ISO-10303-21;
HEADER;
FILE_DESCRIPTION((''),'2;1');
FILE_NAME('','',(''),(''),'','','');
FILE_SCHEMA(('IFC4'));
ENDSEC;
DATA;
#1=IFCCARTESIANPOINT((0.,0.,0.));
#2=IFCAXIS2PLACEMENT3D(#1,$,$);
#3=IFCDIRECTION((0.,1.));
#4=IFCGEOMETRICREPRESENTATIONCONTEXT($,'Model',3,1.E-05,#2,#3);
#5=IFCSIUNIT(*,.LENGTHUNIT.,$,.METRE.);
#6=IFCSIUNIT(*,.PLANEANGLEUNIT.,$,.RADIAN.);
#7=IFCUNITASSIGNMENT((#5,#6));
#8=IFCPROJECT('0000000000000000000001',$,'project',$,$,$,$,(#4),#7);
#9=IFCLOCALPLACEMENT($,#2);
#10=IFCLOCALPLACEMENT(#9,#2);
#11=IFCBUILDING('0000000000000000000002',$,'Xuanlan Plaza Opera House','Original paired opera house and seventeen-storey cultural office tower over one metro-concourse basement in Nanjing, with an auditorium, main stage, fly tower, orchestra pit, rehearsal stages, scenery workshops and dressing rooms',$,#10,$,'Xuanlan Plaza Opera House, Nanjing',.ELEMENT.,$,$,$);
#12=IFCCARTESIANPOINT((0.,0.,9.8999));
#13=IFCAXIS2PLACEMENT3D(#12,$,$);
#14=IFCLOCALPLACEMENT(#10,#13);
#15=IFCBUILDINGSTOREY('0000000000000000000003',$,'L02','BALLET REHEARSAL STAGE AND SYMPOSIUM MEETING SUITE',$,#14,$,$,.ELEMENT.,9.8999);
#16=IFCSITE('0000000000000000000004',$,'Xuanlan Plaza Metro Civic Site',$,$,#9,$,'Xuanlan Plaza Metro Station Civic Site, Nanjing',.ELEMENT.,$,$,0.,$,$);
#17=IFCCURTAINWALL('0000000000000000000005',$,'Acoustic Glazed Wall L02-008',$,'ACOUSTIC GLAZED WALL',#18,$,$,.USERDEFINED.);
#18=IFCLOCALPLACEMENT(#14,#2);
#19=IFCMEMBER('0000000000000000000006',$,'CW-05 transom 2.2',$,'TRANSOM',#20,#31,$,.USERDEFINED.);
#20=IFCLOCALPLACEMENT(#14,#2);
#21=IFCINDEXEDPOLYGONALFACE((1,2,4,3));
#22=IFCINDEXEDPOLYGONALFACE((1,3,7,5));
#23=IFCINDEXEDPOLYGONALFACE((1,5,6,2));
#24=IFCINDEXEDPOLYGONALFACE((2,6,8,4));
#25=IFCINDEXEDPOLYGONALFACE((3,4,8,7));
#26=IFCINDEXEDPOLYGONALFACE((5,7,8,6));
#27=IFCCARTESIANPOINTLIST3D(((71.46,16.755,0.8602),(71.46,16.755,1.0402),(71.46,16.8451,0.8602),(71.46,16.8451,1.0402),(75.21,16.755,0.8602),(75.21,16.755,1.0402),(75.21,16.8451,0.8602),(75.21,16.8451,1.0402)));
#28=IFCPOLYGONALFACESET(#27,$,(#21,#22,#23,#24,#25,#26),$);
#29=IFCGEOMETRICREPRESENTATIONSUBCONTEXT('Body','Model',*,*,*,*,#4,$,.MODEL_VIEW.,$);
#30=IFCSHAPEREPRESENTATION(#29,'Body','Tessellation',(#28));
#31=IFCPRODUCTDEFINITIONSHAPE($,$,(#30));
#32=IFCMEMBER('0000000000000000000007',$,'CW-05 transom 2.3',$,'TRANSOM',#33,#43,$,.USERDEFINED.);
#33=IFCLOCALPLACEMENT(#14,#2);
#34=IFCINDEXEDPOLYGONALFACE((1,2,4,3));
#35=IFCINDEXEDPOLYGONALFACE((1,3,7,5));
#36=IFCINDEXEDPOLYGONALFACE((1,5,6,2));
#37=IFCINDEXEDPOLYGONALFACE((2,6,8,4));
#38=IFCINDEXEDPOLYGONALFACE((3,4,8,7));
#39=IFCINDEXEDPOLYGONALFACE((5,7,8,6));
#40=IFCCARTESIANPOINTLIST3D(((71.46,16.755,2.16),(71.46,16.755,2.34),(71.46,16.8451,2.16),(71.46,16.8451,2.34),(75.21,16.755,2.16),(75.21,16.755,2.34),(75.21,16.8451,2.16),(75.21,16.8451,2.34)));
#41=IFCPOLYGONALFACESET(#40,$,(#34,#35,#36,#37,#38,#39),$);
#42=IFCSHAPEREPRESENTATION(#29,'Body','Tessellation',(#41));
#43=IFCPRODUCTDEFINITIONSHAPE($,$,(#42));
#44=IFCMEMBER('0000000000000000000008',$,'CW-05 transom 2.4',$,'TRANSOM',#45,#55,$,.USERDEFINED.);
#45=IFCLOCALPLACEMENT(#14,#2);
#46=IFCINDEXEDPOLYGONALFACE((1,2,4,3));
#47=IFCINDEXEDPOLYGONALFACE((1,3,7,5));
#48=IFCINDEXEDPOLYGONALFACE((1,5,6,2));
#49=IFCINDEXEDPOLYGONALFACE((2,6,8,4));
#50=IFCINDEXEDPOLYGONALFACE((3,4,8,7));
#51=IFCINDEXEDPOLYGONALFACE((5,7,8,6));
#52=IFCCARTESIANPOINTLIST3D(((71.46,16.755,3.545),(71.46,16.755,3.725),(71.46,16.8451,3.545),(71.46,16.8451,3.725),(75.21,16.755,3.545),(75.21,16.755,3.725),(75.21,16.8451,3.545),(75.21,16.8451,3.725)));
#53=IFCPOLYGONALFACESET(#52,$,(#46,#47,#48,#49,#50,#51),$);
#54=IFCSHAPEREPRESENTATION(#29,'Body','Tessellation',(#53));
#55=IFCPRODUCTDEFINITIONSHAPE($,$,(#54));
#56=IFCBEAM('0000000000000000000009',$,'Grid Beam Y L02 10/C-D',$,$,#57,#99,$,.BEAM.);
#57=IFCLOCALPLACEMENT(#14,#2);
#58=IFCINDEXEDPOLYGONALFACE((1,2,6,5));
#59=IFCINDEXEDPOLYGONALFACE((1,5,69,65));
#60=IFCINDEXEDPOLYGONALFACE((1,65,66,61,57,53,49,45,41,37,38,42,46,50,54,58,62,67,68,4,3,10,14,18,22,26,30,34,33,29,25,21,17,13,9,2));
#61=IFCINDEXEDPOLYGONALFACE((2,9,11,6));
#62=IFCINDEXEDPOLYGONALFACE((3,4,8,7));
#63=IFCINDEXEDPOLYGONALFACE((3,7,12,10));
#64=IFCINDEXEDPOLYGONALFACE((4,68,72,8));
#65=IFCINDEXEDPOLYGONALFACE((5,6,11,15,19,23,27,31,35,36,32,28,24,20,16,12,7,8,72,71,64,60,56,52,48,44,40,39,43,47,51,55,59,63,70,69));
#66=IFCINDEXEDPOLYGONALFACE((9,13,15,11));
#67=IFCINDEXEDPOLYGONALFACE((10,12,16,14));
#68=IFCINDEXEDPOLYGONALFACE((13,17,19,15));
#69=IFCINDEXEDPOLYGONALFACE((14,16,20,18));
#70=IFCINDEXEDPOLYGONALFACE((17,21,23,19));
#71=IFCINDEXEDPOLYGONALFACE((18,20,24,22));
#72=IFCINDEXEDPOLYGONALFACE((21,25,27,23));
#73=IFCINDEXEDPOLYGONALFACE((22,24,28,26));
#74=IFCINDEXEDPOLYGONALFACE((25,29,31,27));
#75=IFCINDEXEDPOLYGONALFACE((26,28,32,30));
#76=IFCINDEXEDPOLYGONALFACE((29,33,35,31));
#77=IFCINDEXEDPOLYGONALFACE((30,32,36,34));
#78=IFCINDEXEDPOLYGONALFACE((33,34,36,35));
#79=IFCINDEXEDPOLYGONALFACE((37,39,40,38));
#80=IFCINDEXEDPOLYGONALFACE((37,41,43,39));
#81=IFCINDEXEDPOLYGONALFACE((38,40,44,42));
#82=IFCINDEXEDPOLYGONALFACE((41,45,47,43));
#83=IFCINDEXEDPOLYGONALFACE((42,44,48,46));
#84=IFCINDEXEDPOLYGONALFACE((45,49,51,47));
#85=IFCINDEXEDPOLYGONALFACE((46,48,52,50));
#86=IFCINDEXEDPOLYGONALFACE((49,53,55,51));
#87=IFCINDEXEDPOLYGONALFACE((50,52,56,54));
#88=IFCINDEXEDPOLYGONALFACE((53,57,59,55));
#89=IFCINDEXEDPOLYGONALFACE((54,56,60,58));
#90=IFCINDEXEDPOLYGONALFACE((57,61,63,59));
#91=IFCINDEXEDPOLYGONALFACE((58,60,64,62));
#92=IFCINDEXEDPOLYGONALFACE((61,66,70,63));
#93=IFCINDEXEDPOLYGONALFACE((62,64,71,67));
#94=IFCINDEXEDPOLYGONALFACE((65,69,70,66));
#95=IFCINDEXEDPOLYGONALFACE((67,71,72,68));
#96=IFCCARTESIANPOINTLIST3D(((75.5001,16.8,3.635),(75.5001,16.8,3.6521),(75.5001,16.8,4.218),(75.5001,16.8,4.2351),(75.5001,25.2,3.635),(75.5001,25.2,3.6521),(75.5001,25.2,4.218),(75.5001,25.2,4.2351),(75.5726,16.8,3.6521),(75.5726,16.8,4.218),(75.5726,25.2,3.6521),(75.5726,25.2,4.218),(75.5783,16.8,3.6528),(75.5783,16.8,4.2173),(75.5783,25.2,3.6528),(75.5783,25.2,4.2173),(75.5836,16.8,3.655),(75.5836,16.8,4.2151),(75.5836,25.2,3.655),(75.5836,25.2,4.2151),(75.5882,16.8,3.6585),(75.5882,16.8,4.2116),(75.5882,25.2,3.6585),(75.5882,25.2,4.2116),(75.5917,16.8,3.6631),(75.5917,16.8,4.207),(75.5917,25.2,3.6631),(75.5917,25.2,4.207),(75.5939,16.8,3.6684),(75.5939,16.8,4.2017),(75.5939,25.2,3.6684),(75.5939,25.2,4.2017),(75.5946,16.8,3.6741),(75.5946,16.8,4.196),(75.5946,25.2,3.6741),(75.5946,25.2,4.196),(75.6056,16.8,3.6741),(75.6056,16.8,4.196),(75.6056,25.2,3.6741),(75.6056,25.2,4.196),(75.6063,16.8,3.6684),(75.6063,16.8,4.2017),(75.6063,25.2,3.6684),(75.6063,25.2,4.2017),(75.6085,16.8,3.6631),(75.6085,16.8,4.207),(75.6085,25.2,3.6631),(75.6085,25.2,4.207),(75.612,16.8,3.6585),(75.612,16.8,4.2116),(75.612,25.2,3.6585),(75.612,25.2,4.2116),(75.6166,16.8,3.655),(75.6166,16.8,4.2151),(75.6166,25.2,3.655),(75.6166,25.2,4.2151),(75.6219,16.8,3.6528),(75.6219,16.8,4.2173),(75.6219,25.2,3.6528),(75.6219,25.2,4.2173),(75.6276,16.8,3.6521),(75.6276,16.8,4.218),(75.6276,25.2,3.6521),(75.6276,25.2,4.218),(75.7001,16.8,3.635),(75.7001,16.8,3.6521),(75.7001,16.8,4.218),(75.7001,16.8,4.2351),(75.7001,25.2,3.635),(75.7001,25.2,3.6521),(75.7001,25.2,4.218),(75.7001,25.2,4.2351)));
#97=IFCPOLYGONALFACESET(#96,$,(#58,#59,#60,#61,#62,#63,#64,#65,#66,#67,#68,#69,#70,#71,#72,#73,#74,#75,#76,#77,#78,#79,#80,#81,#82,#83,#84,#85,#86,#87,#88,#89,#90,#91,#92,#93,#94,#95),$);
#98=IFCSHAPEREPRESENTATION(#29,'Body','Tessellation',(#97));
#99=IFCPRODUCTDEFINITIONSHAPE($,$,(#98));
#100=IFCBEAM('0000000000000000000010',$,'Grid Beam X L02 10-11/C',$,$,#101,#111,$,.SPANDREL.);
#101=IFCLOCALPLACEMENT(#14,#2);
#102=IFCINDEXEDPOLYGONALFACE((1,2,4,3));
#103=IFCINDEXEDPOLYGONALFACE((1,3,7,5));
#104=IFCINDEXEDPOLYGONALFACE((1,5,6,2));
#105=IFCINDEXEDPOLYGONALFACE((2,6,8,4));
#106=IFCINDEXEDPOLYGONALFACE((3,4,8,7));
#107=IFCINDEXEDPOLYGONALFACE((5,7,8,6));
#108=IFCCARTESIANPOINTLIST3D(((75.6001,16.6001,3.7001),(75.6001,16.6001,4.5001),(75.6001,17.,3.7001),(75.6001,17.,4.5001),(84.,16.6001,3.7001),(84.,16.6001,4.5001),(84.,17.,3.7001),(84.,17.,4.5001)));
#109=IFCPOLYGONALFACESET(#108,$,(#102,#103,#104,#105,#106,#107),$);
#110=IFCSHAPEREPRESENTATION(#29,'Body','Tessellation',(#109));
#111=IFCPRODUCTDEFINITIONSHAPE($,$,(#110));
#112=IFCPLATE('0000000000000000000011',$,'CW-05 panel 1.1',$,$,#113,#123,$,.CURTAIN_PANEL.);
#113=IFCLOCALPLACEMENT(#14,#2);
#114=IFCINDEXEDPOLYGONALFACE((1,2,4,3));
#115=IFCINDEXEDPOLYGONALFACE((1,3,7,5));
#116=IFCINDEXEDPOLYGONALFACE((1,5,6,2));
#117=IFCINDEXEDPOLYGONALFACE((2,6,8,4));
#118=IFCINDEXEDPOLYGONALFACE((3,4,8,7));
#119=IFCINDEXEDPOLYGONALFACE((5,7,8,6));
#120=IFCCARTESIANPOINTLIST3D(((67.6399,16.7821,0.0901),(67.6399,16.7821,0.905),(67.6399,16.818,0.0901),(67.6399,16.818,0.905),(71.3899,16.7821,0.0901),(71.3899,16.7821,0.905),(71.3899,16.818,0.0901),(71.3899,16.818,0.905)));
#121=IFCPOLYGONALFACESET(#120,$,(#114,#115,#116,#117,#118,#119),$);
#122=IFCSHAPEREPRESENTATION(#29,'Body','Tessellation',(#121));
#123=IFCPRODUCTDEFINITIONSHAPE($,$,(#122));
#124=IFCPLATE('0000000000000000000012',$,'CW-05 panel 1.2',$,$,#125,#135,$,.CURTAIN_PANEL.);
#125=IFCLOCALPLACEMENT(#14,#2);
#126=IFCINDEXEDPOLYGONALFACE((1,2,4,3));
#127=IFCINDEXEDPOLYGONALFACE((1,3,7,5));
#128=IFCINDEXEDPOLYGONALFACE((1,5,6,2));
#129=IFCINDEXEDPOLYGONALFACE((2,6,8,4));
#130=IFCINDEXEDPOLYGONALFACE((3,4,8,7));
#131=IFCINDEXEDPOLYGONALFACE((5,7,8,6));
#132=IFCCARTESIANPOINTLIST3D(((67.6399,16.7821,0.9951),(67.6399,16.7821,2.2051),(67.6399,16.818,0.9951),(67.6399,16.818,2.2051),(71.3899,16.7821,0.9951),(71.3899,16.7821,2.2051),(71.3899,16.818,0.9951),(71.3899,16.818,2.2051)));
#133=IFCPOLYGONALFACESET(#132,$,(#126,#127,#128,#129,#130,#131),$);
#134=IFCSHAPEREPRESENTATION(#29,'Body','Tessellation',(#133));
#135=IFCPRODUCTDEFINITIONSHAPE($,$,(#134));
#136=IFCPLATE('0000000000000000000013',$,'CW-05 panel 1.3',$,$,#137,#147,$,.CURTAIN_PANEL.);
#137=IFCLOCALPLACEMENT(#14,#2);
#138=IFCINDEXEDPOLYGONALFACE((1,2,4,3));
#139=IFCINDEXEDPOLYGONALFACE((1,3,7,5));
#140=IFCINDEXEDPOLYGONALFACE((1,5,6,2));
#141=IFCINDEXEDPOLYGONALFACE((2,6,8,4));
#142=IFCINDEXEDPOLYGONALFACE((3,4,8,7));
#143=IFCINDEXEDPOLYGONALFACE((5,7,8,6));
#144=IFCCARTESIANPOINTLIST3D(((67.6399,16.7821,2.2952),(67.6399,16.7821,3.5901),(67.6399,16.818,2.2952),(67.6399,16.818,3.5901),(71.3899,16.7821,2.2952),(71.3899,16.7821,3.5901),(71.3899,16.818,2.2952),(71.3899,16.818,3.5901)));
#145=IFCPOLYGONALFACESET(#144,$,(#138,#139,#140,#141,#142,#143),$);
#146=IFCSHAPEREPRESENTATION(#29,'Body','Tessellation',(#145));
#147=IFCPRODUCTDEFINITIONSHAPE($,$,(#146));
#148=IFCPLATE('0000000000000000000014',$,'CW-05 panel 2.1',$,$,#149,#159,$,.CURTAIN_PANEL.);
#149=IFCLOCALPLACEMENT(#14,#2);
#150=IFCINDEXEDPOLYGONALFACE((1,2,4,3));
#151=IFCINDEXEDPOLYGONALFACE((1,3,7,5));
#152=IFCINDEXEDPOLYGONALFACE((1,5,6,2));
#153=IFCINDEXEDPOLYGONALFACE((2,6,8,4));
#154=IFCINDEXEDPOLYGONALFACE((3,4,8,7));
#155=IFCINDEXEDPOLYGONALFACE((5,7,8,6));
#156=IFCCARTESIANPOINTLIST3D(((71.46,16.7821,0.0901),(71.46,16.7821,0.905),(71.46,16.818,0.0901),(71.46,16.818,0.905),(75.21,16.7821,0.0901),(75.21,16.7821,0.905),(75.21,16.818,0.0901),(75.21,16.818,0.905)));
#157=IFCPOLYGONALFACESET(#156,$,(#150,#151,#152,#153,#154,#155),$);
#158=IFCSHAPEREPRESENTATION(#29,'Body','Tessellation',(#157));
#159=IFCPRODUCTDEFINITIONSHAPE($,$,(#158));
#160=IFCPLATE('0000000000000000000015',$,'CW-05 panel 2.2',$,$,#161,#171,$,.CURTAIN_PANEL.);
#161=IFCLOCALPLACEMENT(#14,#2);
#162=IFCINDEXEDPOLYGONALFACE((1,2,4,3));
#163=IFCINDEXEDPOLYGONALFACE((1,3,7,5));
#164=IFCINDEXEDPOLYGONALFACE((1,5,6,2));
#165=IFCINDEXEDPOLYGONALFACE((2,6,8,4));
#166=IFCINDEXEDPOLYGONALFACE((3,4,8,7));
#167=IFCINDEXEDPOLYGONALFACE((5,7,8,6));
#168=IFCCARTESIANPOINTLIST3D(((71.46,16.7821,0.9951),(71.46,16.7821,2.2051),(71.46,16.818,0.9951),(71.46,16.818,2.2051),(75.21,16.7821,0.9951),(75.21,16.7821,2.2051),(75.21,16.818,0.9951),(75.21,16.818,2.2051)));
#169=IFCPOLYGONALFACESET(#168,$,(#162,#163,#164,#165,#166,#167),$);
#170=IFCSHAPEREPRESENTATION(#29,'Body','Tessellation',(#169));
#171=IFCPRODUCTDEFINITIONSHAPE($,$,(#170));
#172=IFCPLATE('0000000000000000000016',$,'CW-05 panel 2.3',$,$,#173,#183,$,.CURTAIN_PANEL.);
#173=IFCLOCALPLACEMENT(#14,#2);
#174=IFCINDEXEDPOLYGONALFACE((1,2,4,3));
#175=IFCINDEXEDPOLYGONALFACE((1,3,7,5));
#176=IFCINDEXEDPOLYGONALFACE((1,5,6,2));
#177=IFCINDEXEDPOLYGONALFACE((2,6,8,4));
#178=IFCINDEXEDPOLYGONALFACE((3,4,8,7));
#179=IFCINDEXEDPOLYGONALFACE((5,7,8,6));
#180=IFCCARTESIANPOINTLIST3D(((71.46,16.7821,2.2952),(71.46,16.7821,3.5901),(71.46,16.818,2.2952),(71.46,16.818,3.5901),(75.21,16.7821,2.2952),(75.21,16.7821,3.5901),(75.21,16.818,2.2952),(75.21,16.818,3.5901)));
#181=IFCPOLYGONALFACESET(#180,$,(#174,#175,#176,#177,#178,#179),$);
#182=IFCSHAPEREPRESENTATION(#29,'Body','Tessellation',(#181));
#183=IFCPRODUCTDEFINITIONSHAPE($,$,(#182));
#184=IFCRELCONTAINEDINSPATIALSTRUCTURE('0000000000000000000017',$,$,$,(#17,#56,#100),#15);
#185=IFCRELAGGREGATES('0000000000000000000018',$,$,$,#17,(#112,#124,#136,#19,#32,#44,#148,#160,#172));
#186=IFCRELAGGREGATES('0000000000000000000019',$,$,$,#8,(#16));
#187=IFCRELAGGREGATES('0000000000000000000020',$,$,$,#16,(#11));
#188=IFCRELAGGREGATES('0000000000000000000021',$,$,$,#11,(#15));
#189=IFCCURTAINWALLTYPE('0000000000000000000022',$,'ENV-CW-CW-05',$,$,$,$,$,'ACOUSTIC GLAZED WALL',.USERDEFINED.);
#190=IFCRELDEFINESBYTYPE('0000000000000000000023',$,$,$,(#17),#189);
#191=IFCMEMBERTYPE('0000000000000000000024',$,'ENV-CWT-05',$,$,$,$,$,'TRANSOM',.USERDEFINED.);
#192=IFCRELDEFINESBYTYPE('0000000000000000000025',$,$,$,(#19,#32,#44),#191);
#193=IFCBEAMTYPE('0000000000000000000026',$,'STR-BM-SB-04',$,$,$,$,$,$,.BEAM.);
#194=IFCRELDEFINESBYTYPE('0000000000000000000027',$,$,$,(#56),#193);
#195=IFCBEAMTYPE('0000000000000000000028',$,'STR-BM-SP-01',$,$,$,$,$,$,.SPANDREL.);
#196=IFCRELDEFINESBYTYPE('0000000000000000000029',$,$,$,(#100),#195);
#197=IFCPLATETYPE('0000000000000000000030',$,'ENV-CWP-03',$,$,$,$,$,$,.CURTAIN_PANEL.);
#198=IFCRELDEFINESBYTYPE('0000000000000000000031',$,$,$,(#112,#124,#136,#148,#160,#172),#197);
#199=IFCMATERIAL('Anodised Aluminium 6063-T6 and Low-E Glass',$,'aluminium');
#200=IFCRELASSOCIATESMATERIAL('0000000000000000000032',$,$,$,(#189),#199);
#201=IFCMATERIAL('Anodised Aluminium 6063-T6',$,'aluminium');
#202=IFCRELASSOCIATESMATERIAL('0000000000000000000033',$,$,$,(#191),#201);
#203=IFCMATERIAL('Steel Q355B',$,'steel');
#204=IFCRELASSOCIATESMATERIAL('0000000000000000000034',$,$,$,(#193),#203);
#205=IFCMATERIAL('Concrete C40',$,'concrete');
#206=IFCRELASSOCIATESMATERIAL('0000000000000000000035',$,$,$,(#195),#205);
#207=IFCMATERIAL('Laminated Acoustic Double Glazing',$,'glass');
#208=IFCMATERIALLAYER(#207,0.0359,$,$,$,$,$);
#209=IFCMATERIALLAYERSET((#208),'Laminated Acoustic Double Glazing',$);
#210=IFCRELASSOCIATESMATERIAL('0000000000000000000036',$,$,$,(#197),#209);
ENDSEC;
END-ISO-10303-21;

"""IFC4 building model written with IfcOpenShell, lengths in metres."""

from ifc_helpers import new_model, si_unit, direction, frame, origin, origin_2d, place, context, subcontext, project, spatial, rectangle, i_section, extrude, material, layer, layer_set, material_profile, profile_set, type_object, element, aggregate, save


model = new_model("IFC4")

# Units and contexts
model_context = context("Model", 3, precision=1e-05, world=origin(), true_north=direction((0.0, 1.0)))
body_context = subcontext(model_context, "Body", "Model", "MODEL_VIEW")
ifc_project = project(units=[si_unit("LENGTHUNIT", "METRE"), si_unit("PLANEANGLEUNIT", "RADIAN")], contexts=[model_context])

# Site, building, storey
site_placement = place(None, origin())
site = spatial("IfcSite", under=ifc_project, at=site_placement, Name="Xuanlan Plaza Metro Civic Site", LongName="Xuanlan Plaza Metro Station Civic Site, Nanjing", CompositionType="ELEMENT", RefElevation=0.0)
building_placement = place(site_placement, origin())
building = spatial("IfcBuilding", under=site, at=building_placement, Name="Xuanlan Plaza Opera House", Description="Original paired opera house and seventeen-storey cultural office tower over one metro-concourse basement in Nanjing, with an auditorium, main stage, fly tower, orchestra pit, rehearsal stages, scenery workshops and dressing rooms", LongName="Xuanlan Plaza Opera House, Nanjing", CompositionType="ELEMENT")
storey_placement = place(building_placement, frame((0.0, 0.0, 9.8999)))
storey = spatial("IfcBuildingStorey", under=building, at=storey_placement, Name="L02", Description="BALLET REHEARSAL STAGE AND SYMPOSIUM MEETING SUITE", CompositionType="ELEMENT", Elevation=9.8999)

# Shared definitions
ifc_material_1 = material(Name="Concrete C40", Category="concrete")

# Curtain wall
ifc_material_2 = material(Name="Anodised Aluminium 6063-T6 and Low-E Glass", Category="aluminium")
curtain_wall_type_1 = type_object("IfcCurtainWallType", Name="ENV-CW-CW-05", ElementType="ACOUSTIC GLAZED WALL", PredefinedType="USERDEFINED", material=ifc_material_2)
curtain_wall_1_placement = place(storey_placement, origin())
curtain_wall_1 = element("IfcCurtainWall", 1, at=curtain_wall_1_placement, inside=storey, type_object=curtain_wall_type_1, Name="Acoustic Glazed Wall L02-008", ObjectType="ACOUSTIC GLAZED WALL", PredefinedType="USERDEFINED")
ifc_material_3 = material(Name="Anodised Aluminium 6063-T6", Category="aluminium")

# Members
ifc_material_profile_1 = material_profile(ifc_material_3, rectangle(XDim=0.0901, YDim=0.1799, at=origin_2d()), Name="ALU-T 90x180")
ifc_profile_set_1 = profile_set([ifc_material_profile_1], Name="Anodised Aluminium 6063-T6")
member_type_1 = type_object("IfcMemberType", Name="ENV-CWT-05", ElementType="TRANSOM", PredefinedType="USERDEFINED", material=ifc_profile_set_1)
member_1_placement = place(storey_placement, frame((71.46, 16.8, 0.9502), z_axis=(1.0, 0.0, 0.0), x_axis=(0.0, 1.0, 0.0)))
member_1 = element("IfcMember", 2, at=member_1_placement, type_object=member_type_1, Name="CW-05 transom 2.2", ObjectType="TRANSOM", PredefinedType="USERDEFINED", context=body_context, shape_type="SweptSolid", body=[
    extrude(rectangle(XDim=0.0901, YDim=0.1799, at=origin_2d()), origin(), (0.0, 0.0, 1.0), 3.75),
])
member_2_placement = place(storey_placement, frame((71.46, 16.8, 2.25), z_axis=(1.0, 0.0, 0.0), x_axis=(0.0, 1.0, 0.0)))
member_2 = element("IfcMember", 3, at=member_2_placement, type_object=member_type_1, Name="CW-05 transom 2.3", ObjectType="TRANSOM", PredefinedType="USERDEFINED", context=body_context, shape_type="SweptSolid", body=[
    extrude(rectangle(XDim=0.0901, YDim=0.1799, at=origin_2d()), origin(), (0.0, 0.0, 1.0), 3.75),
])
member_3_placement = place(storey_placement, frame((71.46, 16.8, 3.635), z_axis=(1.0, 0.0, 0.0), x_axis=(0.0, 1.0, 0.0)))
member_3 = element("IfcMember", 4, at=member_3_placement, type_object=member_type_1, Name="CW-05 transom 2.4", ObjectType="TRANSOM", PredefinedType="USERDEFINED", context=body_context, shape_type="SweptSolid", body=[
    extrude(rectangle(XDim=0.0901, YDim=0.1799, at=origin_2d()), origin(), (0.0, 0.0, 1.0), 3.75),
])

# Beams
ifc_material_4 = material(Name="Steel Q355B", Category="steel")
ifc_material_profile_2 = material_profile(ifc_material_4, i_section(OverallWidth=0.2, OverallDepth=0.6001, WebThickness=0.011, FlangeThickness=0.0171, FilletRadius=0.022, at=origin_2d()), Name="HN 600x200x11x17")
ifc_profile_set_2 = profile_set([ifc_material_profile_2], Name="Steel Q355B")
beam_type_1 = type_object("IfcBeamType", Name="STR-BM-SB-04", PredefinedType="BEAM", material=ifc_profile_set_2)
beam_1_placement = place(storey_placement, frame((75.6001, 16.8, 3.9351), z_axis=(0.0, 1.0, 0.0), x_axis=(-1.0, 0.0, 0.0)))
element("IfcBeam", 5, at=beam_1_placement, inside=storey, type_object=beam_type_1, Name="Grid Beam Y L02 10/C-D", PredefinedType="BEAM", context=body_context, shape_type="SweptSolid", body=[
    extrude(i_section(OverallWidth=0.2, OverallDepth=0.6001, WebThickness=0.011, FlangeThickness=0.0171, FilletRadius=0.022, at=origin_2d()), origin(), (0.0, 0.0, 1.0), 8.3999),
])
ifc_material_profile_3 = material_profile(ifc_material_1, rectangle(XDim=0.3999, YDim=0.8, at=origin_2d()), Name="RC-SPD 400x800")
ifc_profile_set_3 = profile_set([ifc_material_profile_3], Name="Concrete C40")
beam_type_2 = type_object("IfcBeamType", Name="STR-BM-SP-01", PredefinedType="SPANDREL", material=ifc_profile_set_3)
beam_2_placement = place(storey_placement, frame((75.6001, 16.8, 4.1001), z_axis=(1.0, 0.0, 0.0), x_axis=(0.0, 1.0, 0.0)))
element("IfcBeam", 6, at=beam_2_placement, inside=storey, type_object=beam_type_2, Name="Grid Beam X L02 10-11/C", PredefinedType="SPANDREL", context=body_context, shape_type="SweptSolid", body=[
    extrude(rectangle(XDim=0.3999, YDim=0.8, at=origin_2d()), origin(), (0.0, 0.0, 1.0), 8.3999),
])

# Plates
ifc_material_5 = material(Name="Laminated Acoustic Double Glazing", Category="glass")
ifc_layer_1 = layer(ifc_material_5, 0.0359)
ifc_layer_set_1 = layer_set([ifc_layer_1], Name="Laminated Acoustic Double Glazing")
plate_type = type_object("IfcPlateType", Name="ENV-CWP-03", PredefinedType="CURTAIN_PANEL", material=ifc_layer_set_1)
plate_1_placement = place(storey_placement, frame((69.5149, 16.8, 0.0901), z_axis=(0.0, 0.0, 1.0), x_axis=(1.0, 0.0, 0.0)))
plate_1 = element("IfcPlate", 7, at=plate_1_placement, type_object=plate_type, Name="CW-05 panel 1.1", PredefinedType="CURTAIN_PANEL", context=body_context, shape_type="SweptSolid", body=[
    extrude(rectangle(XDim=3.75, YDim=0.0359, at=origin_2d()), origin(), (0.0, 0.0, 1.0), 0.8149),
])
plate_2_placement = place(storey_placement, frame((69.5149, 16.8, 0.9951), z_axis=(0.0, 0.0, 1.0), x_axis=(1.0, 0.0, 0.0)))
plate_2 = element("IfcPlate", 8, at=plate_2_placement, type_object=plate_type, Name="CW-05 panel 1.2", PredefinedType="CURTAIN_PANEL", context=body_context, shape_type="SweptSolid", body=[
    extrude(rectangle(XDim=3.75, YDim=0.0359, at=origin_2d()), origin(), (0.0, 0.0, 1.0), 1.21),
])
plate_3_placement = place(storey_placement, frame((69.5149, 16.8, 2.2952), z_axis=(0.0, 0.0, 1.0), x_axis=(1.0, 0.0, 0.0)))
plate_3 = element("IfcPlate", 9, at=plate_3_placement, type_object=plate_type, Name="CW-05 panel 1.3", PredefinedType="CURTAIN_PANEL", context=body_context, shape_type="SweptSolid", body=[
    extrude(rectangle(XDim=3.75, YDim=0.0359, at=origin_2d()), origin(), (0.0, 0.0, 1.0), 1.2949),
])
plate_4_placement = place(storey_placement, frame((73.335, 16.8, 0.0901), z_axis=(0.0, 0.0, 1.0), x_axis=(1.0, 0.0, 0.0)))
plate_4 = element("IfcPlate", 10, at=plate_4_placement, type_object=plate_type, Name="CW-05 panel 2.1", PredefinedType="CURTAIN_PANEL", context=body_context, shape_type="SweptSolid", body=[
    extrude(rectangle(XDim=3.75, YDim=0.0359, at=origin_2d()), origin(), (0.0, 0.0, 1.0), 0.8149),
])
plate_5_placement = place(storey_placement, frame((73.335, 16.8, 0.9951), z_axis=(0.0, 0.0, 1.0), x_axis=(1.0, 0.0, 0.0)))
plate_5 = element("IfcPlate", 11, at=plate_5_placement, type_object=plate_type, Name="CW-05 panel 2.2", PredefinedType="CURTAIN_PANEL", context=body_context, shape_type="SweptSolid", body=[
    extrude(rectangle(XDim=3.75, YDim=0.0359, at=origin_2d()), origin(), (0.0, 0.0, 1.0), 1.21),
])
plate_6_placement = place(storey_placement, frame((73.335, 16.8, 2.2952), z_axis=(0.0, 0.0, 1.0), x_axis=(1.0, 0.0, 0.0)))
plate_6 = element("IfcPlate", 12, at=plate_6_placement, type_object=plate_type, Name="CW-05 panel 2.3", PredefinedType="CURTAIN_PANEL", context=body_context, shape_type="SweptSolid", body=[
    extrude(rectangle(XDim=3.75, YDim=0.0359, at=origin_2d()), origin(), (0.0, 0.0, 1.0), 1.2949),
])
aggregate(curtain_wall_1, [plate_1, plate_2, plate_3, member_1, member_2, member_3, plate_4, plate_5, plate_6])

save(model, "model.ifc")
